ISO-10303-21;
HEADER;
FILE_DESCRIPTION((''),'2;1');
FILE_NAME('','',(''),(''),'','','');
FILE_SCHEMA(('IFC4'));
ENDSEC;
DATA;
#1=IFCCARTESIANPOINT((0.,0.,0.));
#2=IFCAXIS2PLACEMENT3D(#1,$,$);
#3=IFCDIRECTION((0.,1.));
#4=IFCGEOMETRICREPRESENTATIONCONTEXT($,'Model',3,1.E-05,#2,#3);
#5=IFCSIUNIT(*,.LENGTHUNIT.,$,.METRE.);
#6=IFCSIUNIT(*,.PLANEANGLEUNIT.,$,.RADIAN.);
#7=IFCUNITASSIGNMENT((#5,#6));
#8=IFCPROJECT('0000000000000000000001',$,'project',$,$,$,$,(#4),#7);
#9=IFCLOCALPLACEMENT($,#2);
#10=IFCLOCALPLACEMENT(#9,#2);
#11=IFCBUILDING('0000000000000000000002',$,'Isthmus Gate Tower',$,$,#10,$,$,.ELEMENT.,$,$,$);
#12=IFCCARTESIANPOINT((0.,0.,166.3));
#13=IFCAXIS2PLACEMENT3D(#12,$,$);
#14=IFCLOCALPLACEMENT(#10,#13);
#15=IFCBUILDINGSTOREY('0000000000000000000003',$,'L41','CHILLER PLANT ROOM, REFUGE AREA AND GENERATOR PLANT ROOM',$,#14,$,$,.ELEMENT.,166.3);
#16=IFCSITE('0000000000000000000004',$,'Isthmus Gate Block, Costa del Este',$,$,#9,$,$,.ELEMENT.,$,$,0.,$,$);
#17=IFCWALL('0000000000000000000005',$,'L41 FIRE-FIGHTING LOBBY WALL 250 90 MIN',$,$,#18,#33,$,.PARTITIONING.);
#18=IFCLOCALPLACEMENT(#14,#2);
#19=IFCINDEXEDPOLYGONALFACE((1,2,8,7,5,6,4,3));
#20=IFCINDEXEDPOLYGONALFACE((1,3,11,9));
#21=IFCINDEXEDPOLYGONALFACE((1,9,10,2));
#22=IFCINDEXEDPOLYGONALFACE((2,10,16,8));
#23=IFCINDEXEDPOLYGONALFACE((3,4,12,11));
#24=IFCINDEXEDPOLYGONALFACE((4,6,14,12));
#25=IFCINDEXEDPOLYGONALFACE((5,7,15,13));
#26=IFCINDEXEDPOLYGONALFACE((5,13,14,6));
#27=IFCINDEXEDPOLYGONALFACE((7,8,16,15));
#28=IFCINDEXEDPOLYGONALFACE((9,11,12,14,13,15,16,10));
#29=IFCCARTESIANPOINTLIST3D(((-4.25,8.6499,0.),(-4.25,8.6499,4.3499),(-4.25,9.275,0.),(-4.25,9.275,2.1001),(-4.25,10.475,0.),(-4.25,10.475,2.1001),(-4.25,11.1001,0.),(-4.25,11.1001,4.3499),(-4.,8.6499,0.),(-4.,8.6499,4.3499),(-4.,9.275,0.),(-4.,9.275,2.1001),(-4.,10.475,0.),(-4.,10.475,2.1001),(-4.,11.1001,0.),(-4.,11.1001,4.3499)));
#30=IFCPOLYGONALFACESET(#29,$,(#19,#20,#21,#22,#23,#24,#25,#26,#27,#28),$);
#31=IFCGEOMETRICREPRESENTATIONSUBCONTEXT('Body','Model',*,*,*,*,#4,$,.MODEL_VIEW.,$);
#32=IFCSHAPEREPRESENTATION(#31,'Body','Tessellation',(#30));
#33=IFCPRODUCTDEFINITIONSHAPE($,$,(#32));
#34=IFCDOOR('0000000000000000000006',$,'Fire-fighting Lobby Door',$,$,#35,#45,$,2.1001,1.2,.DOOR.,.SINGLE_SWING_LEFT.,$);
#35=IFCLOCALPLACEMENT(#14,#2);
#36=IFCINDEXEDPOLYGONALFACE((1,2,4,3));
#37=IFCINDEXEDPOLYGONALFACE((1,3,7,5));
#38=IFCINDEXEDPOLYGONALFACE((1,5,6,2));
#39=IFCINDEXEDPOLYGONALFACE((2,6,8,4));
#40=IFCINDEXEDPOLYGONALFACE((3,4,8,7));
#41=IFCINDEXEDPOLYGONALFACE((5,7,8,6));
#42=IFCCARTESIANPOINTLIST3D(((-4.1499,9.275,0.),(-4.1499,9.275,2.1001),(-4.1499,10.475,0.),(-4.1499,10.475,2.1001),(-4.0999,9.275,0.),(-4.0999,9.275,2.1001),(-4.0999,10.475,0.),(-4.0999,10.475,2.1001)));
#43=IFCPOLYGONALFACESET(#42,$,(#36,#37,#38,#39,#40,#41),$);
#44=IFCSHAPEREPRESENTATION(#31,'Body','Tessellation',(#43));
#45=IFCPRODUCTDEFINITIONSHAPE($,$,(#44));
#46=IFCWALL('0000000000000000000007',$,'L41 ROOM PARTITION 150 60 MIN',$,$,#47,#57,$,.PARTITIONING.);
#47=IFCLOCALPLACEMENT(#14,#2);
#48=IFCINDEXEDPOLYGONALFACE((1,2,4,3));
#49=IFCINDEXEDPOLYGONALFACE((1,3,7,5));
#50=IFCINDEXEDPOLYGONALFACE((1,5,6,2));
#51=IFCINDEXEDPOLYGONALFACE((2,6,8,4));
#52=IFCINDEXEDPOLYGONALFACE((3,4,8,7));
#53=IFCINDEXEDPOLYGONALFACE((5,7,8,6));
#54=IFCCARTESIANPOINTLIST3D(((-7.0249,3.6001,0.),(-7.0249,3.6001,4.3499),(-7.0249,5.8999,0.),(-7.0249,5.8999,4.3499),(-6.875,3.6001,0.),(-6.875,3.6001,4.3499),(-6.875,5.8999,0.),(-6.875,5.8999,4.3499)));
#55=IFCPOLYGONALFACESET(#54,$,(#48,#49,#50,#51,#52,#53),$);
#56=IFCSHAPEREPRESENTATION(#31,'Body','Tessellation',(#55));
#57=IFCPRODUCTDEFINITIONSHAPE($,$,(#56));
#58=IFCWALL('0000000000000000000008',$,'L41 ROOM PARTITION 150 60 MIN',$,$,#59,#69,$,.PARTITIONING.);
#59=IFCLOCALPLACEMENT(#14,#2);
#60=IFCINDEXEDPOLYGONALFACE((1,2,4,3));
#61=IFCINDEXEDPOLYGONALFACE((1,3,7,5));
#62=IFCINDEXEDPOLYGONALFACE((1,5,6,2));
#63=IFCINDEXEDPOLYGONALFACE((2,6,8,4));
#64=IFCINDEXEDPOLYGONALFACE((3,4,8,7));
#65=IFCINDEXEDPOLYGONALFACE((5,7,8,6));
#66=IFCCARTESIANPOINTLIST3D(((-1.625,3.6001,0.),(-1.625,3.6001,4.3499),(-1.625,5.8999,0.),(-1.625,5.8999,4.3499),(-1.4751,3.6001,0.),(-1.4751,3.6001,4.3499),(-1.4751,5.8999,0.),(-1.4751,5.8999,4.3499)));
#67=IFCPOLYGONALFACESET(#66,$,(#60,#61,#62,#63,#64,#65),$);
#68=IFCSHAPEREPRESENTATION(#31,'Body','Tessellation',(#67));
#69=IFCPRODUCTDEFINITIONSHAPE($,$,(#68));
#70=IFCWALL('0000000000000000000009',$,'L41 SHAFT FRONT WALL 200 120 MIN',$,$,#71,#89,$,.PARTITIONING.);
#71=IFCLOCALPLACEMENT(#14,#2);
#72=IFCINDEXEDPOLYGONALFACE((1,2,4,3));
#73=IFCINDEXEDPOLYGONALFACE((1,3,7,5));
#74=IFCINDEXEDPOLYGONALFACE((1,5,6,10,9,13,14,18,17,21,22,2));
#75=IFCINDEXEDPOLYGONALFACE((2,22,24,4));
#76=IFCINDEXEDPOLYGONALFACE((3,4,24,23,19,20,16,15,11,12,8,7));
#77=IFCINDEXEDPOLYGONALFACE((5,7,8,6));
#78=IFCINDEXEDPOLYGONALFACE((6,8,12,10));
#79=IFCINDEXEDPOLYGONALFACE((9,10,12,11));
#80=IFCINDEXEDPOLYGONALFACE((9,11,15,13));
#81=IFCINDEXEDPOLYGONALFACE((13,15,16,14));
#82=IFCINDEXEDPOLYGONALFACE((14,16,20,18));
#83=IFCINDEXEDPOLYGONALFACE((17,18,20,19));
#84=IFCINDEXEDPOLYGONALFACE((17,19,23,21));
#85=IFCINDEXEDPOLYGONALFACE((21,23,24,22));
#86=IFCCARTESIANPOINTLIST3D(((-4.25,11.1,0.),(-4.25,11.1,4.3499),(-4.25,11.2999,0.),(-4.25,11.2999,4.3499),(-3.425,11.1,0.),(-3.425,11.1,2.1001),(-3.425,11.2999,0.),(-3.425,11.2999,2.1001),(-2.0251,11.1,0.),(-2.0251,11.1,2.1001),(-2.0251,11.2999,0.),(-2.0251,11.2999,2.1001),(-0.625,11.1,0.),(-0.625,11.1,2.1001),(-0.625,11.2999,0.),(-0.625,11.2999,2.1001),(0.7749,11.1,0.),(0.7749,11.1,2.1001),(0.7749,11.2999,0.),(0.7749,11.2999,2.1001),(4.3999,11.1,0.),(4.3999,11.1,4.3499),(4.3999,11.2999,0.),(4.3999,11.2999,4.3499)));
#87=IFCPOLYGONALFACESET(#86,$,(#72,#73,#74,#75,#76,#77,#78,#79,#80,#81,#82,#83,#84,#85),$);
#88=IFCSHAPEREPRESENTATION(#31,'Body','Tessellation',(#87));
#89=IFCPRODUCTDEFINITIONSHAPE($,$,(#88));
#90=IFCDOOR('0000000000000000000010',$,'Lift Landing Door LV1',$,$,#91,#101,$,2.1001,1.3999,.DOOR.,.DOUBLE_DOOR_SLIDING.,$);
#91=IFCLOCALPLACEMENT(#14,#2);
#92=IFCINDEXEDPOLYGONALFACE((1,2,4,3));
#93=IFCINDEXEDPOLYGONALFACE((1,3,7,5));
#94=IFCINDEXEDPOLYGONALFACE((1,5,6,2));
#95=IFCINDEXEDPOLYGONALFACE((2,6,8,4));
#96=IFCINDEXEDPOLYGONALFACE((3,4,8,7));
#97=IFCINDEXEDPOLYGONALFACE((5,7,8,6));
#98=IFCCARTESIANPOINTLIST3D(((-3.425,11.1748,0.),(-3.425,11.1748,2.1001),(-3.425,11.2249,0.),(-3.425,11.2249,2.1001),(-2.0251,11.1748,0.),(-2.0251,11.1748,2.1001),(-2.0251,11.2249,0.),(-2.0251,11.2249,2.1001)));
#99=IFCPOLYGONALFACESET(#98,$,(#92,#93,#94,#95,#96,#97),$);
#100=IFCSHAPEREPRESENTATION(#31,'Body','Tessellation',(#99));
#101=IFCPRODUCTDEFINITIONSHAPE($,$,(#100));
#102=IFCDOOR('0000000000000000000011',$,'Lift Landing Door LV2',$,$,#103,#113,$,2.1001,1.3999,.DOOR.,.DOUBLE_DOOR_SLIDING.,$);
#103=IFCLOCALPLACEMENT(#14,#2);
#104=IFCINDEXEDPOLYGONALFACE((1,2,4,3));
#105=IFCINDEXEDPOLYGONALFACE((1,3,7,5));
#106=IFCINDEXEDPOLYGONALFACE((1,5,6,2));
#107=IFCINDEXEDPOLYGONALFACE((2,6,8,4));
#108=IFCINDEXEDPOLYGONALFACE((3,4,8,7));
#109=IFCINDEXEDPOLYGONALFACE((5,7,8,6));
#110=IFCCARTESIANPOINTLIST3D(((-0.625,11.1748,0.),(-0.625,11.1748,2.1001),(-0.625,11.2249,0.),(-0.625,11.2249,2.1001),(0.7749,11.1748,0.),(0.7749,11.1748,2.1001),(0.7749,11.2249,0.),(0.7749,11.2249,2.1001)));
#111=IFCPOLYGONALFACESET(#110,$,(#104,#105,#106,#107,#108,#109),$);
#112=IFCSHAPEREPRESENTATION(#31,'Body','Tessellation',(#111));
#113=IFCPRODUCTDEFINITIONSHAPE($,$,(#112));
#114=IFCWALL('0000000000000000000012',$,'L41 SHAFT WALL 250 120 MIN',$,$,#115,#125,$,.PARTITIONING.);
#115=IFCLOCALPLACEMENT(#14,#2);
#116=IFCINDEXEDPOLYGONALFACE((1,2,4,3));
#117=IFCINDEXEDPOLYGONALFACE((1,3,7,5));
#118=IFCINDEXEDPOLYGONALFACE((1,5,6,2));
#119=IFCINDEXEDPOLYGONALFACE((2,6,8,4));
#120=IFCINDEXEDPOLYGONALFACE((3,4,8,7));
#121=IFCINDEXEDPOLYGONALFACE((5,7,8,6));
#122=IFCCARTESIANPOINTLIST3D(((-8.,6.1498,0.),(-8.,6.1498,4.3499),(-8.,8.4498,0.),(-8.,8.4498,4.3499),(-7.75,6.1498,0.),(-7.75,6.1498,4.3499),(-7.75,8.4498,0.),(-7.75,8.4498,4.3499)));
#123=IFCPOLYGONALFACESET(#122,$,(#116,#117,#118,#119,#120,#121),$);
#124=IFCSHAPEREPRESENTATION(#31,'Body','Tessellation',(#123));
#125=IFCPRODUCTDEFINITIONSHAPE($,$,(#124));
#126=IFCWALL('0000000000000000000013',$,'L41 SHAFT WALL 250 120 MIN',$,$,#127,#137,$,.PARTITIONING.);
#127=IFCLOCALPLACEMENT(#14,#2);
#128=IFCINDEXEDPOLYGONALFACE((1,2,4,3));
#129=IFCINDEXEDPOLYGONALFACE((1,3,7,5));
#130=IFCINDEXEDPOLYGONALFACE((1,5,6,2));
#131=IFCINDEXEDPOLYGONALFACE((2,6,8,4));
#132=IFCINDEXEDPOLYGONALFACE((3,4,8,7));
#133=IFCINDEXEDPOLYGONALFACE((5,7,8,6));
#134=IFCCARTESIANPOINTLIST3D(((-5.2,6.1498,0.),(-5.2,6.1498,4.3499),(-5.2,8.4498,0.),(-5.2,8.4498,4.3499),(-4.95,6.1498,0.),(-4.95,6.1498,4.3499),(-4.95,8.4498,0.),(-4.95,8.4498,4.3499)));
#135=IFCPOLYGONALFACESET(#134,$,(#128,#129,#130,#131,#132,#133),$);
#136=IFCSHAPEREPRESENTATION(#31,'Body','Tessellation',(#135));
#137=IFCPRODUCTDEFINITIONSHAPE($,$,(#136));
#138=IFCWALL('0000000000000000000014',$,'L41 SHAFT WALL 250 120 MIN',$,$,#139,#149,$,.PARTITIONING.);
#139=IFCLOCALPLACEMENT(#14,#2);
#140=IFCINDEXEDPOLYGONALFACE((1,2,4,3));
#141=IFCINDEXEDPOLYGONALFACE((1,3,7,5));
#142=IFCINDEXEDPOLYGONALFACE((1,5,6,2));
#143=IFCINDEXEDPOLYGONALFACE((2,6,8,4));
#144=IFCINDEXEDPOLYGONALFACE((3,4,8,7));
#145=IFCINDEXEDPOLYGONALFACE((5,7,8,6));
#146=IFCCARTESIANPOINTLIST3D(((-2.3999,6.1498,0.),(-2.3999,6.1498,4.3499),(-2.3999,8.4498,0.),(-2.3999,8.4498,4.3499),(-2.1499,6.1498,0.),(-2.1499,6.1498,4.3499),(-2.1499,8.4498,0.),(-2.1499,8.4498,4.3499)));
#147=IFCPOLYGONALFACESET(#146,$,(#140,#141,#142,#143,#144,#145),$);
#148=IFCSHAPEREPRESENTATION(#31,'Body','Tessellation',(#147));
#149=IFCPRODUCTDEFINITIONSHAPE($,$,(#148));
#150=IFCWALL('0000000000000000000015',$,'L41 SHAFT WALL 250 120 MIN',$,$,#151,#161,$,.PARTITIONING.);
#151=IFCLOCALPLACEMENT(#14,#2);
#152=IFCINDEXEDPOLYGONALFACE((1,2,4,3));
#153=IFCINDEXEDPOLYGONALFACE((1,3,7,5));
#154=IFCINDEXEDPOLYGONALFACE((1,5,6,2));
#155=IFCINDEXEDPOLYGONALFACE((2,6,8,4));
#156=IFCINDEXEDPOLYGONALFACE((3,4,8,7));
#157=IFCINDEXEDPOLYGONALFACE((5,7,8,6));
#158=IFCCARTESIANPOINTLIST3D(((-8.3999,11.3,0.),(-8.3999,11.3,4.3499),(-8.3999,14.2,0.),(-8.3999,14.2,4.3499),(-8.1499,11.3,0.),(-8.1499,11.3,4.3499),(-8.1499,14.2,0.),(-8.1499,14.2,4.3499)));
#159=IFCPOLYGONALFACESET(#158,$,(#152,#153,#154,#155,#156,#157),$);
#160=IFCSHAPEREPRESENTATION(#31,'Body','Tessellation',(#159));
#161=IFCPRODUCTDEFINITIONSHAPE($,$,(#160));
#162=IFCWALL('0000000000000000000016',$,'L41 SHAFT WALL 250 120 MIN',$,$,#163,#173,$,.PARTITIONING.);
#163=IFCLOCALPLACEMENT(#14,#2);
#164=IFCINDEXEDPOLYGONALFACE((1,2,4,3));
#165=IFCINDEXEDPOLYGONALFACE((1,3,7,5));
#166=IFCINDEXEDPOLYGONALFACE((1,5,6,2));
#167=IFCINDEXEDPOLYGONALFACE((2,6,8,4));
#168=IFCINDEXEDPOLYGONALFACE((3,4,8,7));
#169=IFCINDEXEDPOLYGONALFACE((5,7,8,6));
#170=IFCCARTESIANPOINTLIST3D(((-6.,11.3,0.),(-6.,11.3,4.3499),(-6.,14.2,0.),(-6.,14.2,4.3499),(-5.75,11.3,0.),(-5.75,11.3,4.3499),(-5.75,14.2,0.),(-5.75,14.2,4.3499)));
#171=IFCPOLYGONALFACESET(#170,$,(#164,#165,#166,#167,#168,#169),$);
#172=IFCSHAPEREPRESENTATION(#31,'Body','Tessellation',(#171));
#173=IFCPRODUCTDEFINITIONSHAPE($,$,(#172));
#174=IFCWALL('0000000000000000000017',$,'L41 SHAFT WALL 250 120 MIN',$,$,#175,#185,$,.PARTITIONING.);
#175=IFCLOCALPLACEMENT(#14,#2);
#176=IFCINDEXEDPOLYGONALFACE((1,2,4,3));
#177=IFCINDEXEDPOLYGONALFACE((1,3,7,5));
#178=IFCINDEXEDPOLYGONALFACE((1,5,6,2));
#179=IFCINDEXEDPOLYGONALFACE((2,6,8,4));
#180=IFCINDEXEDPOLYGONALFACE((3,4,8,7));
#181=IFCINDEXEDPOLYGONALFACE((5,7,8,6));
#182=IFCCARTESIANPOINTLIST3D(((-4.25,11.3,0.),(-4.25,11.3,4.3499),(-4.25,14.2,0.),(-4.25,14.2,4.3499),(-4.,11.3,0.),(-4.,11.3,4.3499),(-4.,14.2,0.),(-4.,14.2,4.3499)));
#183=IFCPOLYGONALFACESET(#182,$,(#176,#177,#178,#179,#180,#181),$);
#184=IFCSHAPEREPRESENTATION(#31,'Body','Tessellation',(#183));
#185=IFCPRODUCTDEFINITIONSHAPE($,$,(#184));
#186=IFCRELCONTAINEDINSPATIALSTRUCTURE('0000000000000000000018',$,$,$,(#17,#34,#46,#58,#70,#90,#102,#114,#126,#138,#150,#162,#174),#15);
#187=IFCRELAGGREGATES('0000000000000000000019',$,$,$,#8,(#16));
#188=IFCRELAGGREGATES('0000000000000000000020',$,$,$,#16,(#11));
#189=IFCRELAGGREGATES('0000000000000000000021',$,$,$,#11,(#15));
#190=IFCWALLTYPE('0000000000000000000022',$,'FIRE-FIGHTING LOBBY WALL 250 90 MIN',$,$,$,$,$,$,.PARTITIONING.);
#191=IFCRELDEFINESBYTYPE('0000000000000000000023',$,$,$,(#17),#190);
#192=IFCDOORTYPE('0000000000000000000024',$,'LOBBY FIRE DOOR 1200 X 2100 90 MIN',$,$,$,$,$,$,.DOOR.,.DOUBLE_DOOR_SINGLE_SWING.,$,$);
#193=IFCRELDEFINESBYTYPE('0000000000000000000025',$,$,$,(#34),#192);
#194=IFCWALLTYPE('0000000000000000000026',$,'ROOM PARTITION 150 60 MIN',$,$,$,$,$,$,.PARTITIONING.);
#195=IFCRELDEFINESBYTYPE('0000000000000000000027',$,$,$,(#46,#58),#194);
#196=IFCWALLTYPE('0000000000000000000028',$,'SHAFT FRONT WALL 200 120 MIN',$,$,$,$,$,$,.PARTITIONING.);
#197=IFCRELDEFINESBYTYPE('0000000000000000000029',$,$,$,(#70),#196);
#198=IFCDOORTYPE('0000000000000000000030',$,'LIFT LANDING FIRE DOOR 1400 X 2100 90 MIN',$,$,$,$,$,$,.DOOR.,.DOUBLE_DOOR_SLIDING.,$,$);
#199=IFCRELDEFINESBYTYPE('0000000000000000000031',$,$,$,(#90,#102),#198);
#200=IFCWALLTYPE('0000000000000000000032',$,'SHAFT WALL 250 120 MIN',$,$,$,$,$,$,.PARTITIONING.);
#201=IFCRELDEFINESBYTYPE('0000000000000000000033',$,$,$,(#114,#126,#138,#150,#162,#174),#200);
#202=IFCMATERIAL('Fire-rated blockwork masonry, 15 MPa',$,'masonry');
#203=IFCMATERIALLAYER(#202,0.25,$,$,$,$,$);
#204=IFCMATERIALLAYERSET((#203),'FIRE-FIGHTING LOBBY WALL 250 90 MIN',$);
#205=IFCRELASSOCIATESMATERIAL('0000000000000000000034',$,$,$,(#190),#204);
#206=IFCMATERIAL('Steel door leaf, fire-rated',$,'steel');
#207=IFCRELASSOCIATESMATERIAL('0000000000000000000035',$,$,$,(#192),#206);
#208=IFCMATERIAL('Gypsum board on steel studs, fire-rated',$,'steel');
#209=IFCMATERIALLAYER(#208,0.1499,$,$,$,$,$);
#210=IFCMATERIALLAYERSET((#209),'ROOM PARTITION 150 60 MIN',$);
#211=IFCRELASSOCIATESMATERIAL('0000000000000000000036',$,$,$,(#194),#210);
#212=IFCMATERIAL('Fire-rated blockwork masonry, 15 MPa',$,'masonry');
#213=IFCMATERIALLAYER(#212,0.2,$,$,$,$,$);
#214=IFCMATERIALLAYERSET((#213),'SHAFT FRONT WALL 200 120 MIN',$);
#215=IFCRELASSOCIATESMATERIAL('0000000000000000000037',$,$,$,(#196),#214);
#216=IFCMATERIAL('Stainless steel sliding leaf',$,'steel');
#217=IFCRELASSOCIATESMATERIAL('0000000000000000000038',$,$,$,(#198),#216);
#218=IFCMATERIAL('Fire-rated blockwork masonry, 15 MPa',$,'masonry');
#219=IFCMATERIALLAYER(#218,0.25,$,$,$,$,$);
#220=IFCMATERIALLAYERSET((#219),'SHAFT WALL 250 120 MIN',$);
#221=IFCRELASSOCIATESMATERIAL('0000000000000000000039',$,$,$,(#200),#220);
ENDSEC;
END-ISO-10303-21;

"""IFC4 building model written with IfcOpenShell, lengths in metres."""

from ifc_helpers import new_model, si_unit, direction, frame, frame_2d, origin, place, context, subcontext, project, spatial, rectangle, extrude, material, layer, layer_set, type_object, element, fill, save


model = new_model("IFC4")

# Units and contexts
model_context = context("Model", 3, precision=1e-05, world=origin(), true_north=direction((0.0, 1.0)))
body_context = subcontext(model_context, "Body", "Model", "MODEL_VIEW")
ifc_project = project(units=[si_unit("LENGTHUNIT", "METRE"), si_unit("PLANEANGLEUNIT", "RADIAN")], contexts=[model_context])

# Site, building, storey
site_placement = place(None, origin())
site = spatial("IfcSite", under=ifc_project, at=site_placement, Name="Isthmus Gate Block, Costa del Este", CompositionType="ELEMENT", RefElevation=0.0)
building_placement = place(site_placement, origin())
building = spatial("IfcBuilding", under=site, at=building_placement, Name="Isthmus Gate Tower", CompositionType="ELEMENT")
storey_placement = place(building_placement, frame((0.0, 0.0, 166.3)))
storey = spatial("IfcBuildingStorey", under=building, at=storey_placement, Name="L41", Description="CHILLER PLANT ROOM, REFUGE AREA AND GENERATOR PLANT ROOM", CompositionType="ELEMENT", Elevation=166.3)

# Wall, opening, door
ifc_material_1 = material(Name="Fire-rated blockwork masonry, 15 MPa", Category="masonry")
ifc_layer_1 = layer(ifc_material_1, 0.25)
ifc_layer_set_1 = layer_set([ifc_layer_1], Name="FIRE-FIGHTING LOBBY WALL 250 90 MIN")
wall_type_1 = type_object("IfcWallType", Name="FIRE-FIGHTING LOBBY WALL 250 90 MIN", PredefinedType="PARTITIONING", material=ifc_layer_set_1)
wall_1_placement = place(storey_placement, frame((-4.125, 8.6499, 0.0), z_axis=(0.0, 0.0, 1.0), x_axis=(0.0, 1.0, 0.0)))
wall_1 = element("IfcWall", 1, at=wall_1_placement, inside=storey, type_object=wall_type_1, Name="L41 FIRE-FIGHTING LOBBY WALL 250 90 MIN", PredefinedType="PARTITIONING", context=body_context, shape_type="SweptSolid", body=[
    extrude(rectangle(XDim=2.4502, YDim=0.25, at=frame_2d((1.2251, 0.0))), origin(), (0.0, 0.0, 1.0), 4.3499),
])
opening_1_placement = place(wall_1_placement, frame((0.625, 0.0, 0.0)))
opening_1 = element("IfcOpeningElement", 2, at=opening_1_placement, cuts=wall_1, PredefinedType="OPENING", context=body_context, shape_type="SweptSolid", body=[
    extrude(rectangle(XDim=1.2, YDim=2.1001, at=frame_2d((0.6001, 1.05))), frame((0.0, 0.135, 0.0), z_axis=(0.0, -1.0, 0.0), x_axis=(1.0, 0.0, 0.0)), (0.0, 0.0, 1.0), 0.27),
])
ifc_material_2 = material(Name="Steel door leaf, fire-rated", Category="steel")
door_type_1 = type_object("IfcDoorType", Name="LOBBY FIRE DOOR 1200 X 2100 90 MIN", OperationType="DOUBLE_DOOR_SINGLE_SWING", PredefinedType="DOOR", material=ifc_material_2)
door_1_placement = place(opening_1_placement, origin())
door_1 = element("IfcDoor", 3, at=door_1_placement, inside=storey, type_object=door_type_1, Name="Fire-fighting Lobby Door", OperationType="SINGLE_SWING_LEFT", OverallHeight=2.1001, OverallWidth=1.2, PredefinedType="DOOR", context=body_context, shape_type="SweptSolid", body=[
    extrude(rectangle(XDim=1.2, YDim=2.1001, at=frame_2d((0.6001, 1.05))), frame((0.0, 0.0249, 0.0), z_axis=(0.0, -1.0, 0.0), x_axis=(1.0, 0.0, 0.0)), (0.0, 0.0, 1.0), 0.05),
])
fill(opening_1, door_1)

# Walls
ifc_material_3 = material(Name="Gypsum board on steel studs, fire-rated", Category="steel")
ifc_layer_2 = layer(ifc_material_3, 0.1499)
ifc_layer_set_2 = layer_set([ifc_layer_2], Name="ROOM PARTITION 150 60 MIN")
wall_type_2 = type_object("IfcWallType", Name="ROOM PARTITION 150 60 MIN", PredefinedType="PARTITIONING", material=ifc_layer_set_2)
for number, where, z_axis, x_axis, name in (
    (4, (-6.95, 3.6001, 0.0), (0.0, 0.0, 1.0), (0.0, 1.0, 0.0), "L41 ROOM PARTITION 150 60 MIN"),
    (5, (-1.55, 3.6001, 0.0), (0.0, 0.0, 1.0), (0.0, 1.0, 0.0), "L41 ROOM PARTITION 150 60 MIN"),
):
    element("IfcWall", number, at=place(storey_placement, frame(where, z_axis=z_axis, x_axis=x_axis)), inside=storey, type_object=wall_type_2, Name=name, PredefinedType="PARTITIONING", context=body_context, shape_type="SweptSolid", body=[
        extrude(rectangle(XDim=2.2998, YDim=0.1499, at=frame_2d((1.1499, 0.0))), origin(), (0.0, 0.0, 1.0), 4.3499),
    ])

# Wall, openings, doors
ifc_material_4 = material(Name="Fire-rated blockwork masonry, 15 MPa", Category="masonry")
ifc_layer_3 = layer(ifc_material_4, 0.2)
ifc_layer_set_3 = layer_set([ifc_layer_3], Name="SHAFT FRONT WALL 200 120 MIN")
wall_type_3 = type_object("IfcWallType", Name="SHAFT FRONT WALL 200 120 MIN", PredefinedType="PARTITIONING", material=ifc_layer_set_3)
wall_2_placement = place(storey_placement, frame((-4.25, 11.2, 0.0), z_axis=(0.0, 0.0, 1.0), x_axis=(1.0, 0.0, 0.0)))
wall_2 = element("IfcWall", 6, at=wall_2_placement, inside=storey, type_object=wall_type_3, Name="L41 SHAFT FRONT WALL 200 120 MIN", PredefinedType="PARTITIONING", context=body_context, shape_type="SweptSolid", body=[
    extrude(rectangle(XDim=8.6499, YDim=0.2, at=frame_2d((4.325, 0.0))), origin(), (0.0, 0.0, 1.0), 4.3499),
])
opening_2_placement = place(wall_2_placement, frame((0.825, 0.0, 0.0)))
opening_2 = element("IfcOpeningElement", 7, at=opening_2_placement, cuts=wall_2, PredefinedType="OPENING", context=body_context, shape_type="SweptSolid", body=[
    extrude(rectangle(XDim=1.3999, YDim=2.1001, at=frame_2d((0.7, 1.05))), frame((0.0, 0.1099, 0.0), z_axis=(0.0, -1.0, 0.0), x_axis=(1.0, 0.0, 0.0)), (0.0, 0.0, 1.0), 0.22),
])
opening_3_placement = place(wall_2_placement, frame((3.625, 0.0, 0.0)))
opening_3 = element("IfcOpeningElement", 8, at=opening_3_placement, cuts=wall_2, PredefinedType="OPENING", context=body_context, shape_type="SweptSolid", body=[
    extrude(rectangle(XDim=1.3999, YDim=2.1001, at=frame_2d((0.7, 1.05))), frame((0.0, 0.1099, 0.0), z_axis=(0.0, -1.0, 0.0), x_axis=(1.0, 0.0, 0.0)), (0.0, 0.0, 1.0), 0.22),
])
ifc_material_5 = material(Name="Stainless steel sliding leaf", Category="steel")
door_type_2 = type_object("IfcDoorType", Name="LIFT LANDING FIRE DOOR 1400 X 2100 90 MIN", OperationType="DOUBLE_DOOR_SLIDING", PredefinedType="DOOR", material=ifc_material_5)
door_2_placement = place(opening_2_placement, origin())
door_2 = element("IfcDoor", 9, at=door_2_placement, inside=storey, type_object=door_type_2, Name="Lift Landing Door LV1", OperationType="DOUBLE_DOOR_SLIDING", OverallHeight=2.1001, OverallWidth=1.3999, PredefinedType="DOOR", context=body_context, shape_type="SweptSolid", body=[
    extrude(rectangle(XDim=1.3999, YDim=2.1001, at=frame_2d((0.7, 1.05))), frame((0.0, 0.0249, 0.0), z_axis=(0.0, -1.0, 0.0), x_axis=(1.0, 0.0, 0.0)), (0.0, 0.0, 1.0), 0.05),
])
fill(opening_2, door_2)
door_3_placement = place(opening_3_placement, origin())
door_3 = element("IfcDoor", 10, at=door_3_placement, inside=storey, type_object=door_type_2, Name="Lift Landing Door LV2", OperationType="DOUBLE_DOOR_SLIDING", OverallHeight=2.1001, OverallWidth=1.3999, PredefinedType="DOOR", context=body_context, shape_type="SweptSolid", body=[
    extrude(rectangle(XDim=1.3999, YDim=2.1001, at=frame_2d((0.7, 1.05))), frame((0.0, 0.0249, 0.0), z_axis=(0.0, -1.0, 0.0), x_axis=(1.0, 0.0, 0.0)), (0.0, 0.0, 1.0), 0.05),
])
fill(opening_3, door_3)

# Walls
ifc_material_6 = material(Name="Fire-rated blockwork masonry, 15 MPa", Category="masonry")
ifc_layer_4 = layer(ifc_material_6, 0.25)
ifc_layer_set_4 = layer_set([ifc_layer_4], Name="SHAFT WALL 250 120 MIN")
wall_type_4 = type_object("IfcWallType", Name="SHAFT WALL 250 120 MIN", PredefinedType="PARTITIONING", material=ifc_layer_set_4)
for number, where, z_axis, x_axis, name in (
    (11, (-7.875, 6.1499, 0.0), (0.0, 0.0, 1.0), (0.0, 1.0, 0.0), "L41 SHAFT WALL 250 120 MIN"),
    (12, (-5.075, 6.1499, 0.0), (0.0, 0.0, 1.0), (0.0, 1.0, 0.0), "L41 SHAFT WALL 250 120 MIN"),
    (13, (-2.2749, 6.1499, 0.0), (0.0, 0.0, 1.0), (0.0, 1.0, 0.0), "L41 SHAFT WALL 250 120 MIN"),
):
    element("IfcWall", number, at=place(storey_placement, frame(where, z_axis=z_axis, x_axis=x_axis)), inside=storey, type_object=wall_type_4, Name=name, PredefinedType="PARTITIONING", context=body_context, shape_type="SweptSolid", body=[
        extrude(rectangle(XDim=2.3, YDim=0.25, at=frame_2d((1.1499, 0.0))), origin(), (0.0, 0.0, 1.0), 4.3499),
    ])
for number, where, z_axis, x_axis, name in (
    (14, (-8.2749, 11.3, 0.0), (0.0, 0.0, 1.0), (0.0, 1.0, 0.0), "L41 SHAFT WALL 250 120 MIN"),
    (15, (-5.875, 11.3, 0.0), (0.0, 0.0, 1.0), (0.0, 1.0, 0.0), "L41 SHAFT WALL 250 120 MIN"),
    (16, (-4.125, 11.3, 0.0), (0.0, 0.0, 1.0), (0.0, 1.0, 0.0), "L41 SHAFT WALL 250 120 MIN"),
):
    element("IfcWall", number, at=place(storey_placement, frame(where, z_axis=z_axis, x_axis=x_axis)), inside=storey, type_object=wall_type_4, Name=name, PredefinedType="PARTITIONING", context=body_context, shape_type="SweptSolid", body=[
        extrude(rectangle(XDim=2.8999, YDim=0.25, at=frame_2d((1.45, 0.0))), origin(), (0.0, 0.0, 1.0), 4.3499),
    ])

save(model, "model.ifc")
